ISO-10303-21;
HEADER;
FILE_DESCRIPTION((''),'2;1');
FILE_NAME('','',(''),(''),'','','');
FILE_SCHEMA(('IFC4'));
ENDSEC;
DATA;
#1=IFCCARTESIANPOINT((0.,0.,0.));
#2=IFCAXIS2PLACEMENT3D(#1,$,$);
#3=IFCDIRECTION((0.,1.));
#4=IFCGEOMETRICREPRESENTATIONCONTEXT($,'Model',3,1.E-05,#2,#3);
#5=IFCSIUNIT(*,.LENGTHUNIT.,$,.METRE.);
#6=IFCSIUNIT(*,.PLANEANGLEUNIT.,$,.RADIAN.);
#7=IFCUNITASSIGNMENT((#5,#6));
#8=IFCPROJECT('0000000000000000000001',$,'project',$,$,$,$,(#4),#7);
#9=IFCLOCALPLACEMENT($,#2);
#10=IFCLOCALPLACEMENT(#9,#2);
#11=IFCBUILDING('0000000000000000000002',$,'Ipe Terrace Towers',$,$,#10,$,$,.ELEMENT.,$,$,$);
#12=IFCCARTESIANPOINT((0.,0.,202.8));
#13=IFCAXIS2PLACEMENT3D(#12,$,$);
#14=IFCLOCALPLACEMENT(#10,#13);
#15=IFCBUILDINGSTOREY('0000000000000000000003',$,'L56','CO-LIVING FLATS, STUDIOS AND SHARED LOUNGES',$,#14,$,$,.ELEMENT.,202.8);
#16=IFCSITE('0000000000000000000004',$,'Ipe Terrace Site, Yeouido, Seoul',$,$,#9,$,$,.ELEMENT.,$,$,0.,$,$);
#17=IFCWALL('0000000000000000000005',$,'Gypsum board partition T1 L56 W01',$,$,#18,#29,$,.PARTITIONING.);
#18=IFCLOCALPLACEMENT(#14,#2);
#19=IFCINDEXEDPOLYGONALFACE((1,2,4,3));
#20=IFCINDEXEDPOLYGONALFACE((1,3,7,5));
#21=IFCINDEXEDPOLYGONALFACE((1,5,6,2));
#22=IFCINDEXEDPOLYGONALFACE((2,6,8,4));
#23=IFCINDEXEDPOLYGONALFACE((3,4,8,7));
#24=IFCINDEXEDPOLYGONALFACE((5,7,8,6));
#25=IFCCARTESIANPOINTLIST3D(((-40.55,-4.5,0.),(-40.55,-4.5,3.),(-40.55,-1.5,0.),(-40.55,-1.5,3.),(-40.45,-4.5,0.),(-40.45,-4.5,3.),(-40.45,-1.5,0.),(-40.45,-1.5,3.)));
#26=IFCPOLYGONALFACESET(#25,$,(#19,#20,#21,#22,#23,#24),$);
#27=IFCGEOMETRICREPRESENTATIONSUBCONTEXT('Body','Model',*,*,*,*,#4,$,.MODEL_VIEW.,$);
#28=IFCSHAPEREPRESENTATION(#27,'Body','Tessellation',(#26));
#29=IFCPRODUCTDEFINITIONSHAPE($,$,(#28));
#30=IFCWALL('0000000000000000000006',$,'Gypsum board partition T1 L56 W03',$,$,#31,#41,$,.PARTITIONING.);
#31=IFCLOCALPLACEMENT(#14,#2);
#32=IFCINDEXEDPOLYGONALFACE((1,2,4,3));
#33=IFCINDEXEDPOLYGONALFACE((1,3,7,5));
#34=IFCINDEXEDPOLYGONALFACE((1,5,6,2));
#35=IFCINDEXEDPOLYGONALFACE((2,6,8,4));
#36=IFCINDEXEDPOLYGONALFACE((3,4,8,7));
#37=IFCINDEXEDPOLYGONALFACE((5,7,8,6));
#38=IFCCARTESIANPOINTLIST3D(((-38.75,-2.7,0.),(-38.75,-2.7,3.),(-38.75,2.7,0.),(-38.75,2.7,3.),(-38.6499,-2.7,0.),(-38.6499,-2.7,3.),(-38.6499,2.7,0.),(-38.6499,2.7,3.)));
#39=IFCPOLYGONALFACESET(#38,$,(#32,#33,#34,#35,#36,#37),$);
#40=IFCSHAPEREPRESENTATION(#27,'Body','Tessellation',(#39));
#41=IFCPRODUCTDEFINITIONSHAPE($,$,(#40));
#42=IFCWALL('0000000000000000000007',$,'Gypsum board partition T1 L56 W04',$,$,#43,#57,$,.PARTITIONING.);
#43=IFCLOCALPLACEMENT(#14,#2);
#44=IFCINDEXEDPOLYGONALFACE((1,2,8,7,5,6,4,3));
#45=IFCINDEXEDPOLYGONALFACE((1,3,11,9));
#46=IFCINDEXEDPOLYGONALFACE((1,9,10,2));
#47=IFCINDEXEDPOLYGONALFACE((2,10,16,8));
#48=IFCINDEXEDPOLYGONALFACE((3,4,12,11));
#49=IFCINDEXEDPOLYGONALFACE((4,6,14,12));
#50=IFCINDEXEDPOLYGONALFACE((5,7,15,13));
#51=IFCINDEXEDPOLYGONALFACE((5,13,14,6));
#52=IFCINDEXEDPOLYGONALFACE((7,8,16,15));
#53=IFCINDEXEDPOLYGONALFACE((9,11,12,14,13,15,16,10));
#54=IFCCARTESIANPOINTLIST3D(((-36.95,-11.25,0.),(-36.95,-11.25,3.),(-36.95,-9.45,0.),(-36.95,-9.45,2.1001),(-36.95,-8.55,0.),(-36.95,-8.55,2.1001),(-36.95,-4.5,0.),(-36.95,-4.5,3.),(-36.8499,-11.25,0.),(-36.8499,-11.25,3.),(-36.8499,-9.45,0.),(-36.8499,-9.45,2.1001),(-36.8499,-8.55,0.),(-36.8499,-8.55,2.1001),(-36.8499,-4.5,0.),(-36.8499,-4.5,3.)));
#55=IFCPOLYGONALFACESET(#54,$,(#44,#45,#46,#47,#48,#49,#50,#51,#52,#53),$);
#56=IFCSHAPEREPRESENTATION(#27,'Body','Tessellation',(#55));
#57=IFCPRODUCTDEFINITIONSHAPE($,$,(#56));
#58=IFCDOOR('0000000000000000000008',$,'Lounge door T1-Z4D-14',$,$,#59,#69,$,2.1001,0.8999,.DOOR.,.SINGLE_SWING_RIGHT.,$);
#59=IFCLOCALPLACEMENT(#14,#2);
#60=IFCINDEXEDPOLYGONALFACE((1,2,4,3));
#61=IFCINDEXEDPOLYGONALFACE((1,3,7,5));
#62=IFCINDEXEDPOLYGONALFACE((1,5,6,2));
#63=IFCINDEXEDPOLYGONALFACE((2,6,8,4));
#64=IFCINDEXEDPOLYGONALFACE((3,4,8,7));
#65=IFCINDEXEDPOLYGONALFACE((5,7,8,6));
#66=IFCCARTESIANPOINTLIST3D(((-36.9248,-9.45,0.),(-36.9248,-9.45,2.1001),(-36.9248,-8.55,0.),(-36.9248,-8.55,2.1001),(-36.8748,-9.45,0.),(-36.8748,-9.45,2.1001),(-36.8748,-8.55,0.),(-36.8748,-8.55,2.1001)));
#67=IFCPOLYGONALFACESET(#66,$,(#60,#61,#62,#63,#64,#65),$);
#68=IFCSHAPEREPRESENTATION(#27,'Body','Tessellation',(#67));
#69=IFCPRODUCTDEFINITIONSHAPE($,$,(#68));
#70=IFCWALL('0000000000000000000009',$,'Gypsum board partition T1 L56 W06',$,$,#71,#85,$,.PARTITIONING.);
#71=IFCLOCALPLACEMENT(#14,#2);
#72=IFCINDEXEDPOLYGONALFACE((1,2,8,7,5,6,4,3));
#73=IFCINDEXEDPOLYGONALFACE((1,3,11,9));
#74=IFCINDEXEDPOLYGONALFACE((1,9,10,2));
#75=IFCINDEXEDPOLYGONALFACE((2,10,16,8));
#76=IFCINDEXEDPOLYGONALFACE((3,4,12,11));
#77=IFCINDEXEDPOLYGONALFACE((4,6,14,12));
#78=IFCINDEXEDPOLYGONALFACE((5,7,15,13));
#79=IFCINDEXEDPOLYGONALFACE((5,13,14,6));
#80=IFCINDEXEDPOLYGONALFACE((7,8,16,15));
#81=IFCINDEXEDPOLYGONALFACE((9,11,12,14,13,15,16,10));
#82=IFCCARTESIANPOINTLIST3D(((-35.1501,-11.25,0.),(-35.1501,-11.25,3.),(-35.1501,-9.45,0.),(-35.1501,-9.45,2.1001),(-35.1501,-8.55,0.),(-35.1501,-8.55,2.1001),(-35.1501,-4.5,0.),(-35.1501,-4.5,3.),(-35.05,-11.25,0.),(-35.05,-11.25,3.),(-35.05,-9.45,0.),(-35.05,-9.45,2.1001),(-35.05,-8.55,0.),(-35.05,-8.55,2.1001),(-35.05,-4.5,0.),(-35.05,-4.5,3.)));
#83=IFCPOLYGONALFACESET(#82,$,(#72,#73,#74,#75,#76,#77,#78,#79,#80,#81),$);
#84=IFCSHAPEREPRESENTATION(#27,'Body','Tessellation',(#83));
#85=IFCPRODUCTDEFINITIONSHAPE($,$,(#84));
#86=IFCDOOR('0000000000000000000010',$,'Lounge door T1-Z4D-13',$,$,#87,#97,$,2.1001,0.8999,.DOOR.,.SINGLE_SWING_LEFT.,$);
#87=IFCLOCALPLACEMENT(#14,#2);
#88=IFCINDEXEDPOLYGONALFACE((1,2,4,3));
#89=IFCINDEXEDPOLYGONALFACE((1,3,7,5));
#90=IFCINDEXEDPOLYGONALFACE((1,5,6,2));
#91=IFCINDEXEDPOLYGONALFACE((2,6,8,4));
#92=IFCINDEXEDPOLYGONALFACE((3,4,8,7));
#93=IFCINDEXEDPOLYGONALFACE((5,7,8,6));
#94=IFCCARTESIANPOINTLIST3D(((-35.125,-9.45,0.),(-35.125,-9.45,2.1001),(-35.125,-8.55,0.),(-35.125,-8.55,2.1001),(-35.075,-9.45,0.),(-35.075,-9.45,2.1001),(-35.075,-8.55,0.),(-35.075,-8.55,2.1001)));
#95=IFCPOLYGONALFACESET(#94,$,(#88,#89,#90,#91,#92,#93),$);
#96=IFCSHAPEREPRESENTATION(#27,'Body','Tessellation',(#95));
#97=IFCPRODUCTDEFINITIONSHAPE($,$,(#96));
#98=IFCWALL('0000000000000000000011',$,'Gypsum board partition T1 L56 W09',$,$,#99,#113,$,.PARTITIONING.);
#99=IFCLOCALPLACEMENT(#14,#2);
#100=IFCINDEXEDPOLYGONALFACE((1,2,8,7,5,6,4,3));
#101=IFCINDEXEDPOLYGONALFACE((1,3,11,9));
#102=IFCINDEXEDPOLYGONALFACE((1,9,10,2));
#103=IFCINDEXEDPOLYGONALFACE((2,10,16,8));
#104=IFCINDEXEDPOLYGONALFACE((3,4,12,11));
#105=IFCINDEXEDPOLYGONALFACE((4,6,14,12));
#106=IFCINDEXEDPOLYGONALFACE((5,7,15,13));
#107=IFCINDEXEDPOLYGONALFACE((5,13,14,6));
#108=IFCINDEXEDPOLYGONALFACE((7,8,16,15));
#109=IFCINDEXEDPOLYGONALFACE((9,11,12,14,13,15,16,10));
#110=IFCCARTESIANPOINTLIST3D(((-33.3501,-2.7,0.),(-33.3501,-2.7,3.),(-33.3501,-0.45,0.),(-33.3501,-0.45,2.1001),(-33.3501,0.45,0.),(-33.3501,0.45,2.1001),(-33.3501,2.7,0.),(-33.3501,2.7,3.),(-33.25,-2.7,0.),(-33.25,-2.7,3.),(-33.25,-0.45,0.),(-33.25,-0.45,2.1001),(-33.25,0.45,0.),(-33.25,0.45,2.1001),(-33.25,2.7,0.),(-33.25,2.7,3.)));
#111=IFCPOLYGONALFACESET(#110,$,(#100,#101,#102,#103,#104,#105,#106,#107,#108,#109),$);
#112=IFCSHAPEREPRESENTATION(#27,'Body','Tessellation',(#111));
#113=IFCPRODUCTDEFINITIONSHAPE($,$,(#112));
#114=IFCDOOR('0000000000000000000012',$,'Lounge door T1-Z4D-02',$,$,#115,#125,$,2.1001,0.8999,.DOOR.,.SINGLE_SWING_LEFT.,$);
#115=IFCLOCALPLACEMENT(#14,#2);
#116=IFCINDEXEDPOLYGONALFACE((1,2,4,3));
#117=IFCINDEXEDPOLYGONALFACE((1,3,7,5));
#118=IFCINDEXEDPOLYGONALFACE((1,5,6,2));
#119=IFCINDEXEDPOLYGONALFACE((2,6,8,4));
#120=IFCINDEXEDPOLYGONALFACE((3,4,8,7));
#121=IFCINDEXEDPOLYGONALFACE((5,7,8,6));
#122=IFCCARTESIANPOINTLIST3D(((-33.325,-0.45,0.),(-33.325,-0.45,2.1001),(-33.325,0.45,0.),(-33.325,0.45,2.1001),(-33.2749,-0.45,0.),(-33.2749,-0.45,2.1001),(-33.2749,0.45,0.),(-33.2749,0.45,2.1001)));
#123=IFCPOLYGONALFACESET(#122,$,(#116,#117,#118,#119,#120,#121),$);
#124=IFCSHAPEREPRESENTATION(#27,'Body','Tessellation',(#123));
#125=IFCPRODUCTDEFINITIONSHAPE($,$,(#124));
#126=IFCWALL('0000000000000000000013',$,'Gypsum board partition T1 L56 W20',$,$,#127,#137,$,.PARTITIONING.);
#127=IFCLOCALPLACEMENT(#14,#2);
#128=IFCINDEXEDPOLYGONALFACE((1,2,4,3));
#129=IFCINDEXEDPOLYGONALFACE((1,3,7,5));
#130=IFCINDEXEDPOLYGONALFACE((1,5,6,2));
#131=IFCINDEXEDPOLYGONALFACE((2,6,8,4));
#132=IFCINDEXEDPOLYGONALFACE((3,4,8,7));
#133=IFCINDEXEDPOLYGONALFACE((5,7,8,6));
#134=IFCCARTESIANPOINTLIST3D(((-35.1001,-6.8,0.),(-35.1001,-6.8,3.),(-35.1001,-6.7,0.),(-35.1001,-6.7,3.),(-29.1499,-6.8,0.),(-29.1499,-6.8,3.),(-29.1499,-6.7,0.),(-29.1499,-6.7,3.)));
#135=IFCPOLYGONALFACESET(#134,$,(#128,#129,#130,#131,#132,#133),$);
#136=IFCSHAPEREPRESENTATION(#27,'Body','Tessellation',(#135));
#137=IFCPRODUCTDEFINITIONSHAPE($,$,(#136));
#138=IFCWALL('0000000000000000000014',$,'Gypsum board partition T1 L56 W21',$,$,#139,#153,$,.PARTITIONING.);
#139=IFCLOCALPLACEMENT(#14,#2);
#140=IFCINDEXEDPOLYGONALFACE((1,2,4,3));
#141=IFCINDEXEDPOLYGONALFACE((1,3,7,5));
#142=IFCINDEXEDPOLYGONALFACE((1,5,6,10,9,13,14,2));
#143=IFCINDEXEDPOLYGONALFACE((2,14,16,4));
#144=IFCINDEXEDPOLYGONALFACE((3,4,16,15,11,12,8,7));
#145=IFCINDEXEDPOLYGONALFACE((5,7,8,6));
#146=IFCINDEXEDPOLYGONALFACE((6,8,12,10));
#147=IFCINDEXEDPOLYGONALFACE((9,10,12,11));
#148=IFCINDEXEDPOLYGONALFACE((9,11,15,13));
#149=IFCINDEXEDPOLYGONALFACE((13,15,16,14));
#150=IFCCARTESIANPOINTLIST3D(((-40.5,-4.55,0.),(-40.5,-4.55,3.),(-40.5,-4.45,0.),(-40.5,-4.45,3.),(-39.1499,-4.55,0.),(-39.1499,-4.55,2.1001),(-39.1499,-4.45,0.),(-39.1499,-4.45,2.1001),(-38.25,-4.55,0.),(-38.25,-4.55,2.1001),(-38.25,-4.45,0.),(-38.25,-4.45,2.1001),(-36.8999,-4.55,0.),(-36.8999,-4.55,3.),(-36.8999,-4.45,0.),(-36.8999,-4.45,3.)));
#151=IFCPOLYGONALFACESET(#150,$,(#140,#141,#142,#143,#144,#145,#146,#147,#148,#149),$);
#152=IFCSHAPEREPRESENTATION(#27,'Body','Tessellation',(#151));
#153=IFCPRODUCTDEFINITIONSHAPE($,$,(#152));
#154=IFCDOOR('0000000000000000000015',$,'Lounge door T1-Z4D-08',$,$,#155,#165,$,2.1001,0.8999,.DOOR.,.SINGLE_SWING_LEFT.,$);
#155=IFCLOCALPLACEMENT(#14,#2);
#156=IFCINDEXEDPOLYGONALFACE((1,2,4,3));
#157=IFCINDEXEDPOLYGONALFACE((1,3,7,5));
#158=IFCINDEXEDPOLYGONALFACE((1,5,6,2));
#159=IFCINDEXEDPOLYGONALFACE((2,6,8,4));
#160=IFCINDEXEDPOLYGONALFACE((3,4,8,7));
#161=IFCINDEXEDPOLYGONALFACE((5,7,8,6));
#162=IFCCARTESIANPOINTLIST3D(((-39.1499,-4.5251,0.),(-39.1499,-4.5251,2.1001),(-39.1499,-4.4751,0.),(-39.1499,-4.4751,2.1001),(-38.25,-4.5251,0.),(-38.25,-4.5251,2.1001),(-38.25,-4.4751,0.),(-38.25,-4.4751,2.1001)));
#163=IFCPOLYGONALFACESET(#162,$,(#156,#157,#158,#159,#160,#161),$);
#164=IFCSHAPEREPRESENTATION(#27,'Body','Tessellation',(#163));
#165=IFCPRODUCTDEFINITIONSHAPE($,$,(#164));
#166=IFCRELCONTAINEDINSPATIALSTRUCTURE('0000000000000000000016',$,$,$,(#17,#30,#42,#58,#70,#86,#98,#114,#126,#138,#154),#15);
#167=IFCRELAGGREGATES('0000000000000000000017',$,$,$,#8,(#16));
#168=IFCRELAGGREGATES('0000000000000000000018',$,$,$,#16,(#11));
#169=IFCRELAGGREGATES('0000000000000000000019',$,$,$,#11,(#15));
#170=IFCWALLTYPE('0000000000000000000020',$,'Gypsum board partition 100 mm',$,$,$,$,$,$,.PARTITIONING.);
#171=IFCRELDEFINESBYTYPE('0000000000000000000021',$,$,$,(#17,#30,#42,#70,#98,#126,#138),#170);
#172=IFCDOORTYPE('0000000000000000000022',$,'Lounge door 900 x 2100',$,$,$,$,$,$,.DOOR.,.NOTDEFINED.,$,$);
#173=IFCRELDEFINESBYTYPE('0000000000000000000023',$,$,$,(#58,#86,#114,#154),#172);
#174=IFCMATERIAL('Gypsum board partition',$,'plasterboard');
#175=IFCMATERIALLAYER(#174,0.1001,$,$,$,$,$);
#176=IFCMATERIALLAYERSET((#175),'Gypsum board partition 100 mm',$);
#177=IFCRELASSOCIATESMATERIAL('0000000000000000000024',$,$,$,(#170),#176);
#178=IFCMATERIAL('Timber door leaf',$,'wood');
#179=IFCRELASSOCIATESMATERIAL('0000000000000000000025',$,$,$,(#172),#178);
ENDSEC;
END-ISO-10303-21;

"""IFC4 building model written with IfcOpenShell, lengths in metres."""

from ifc_helpers import new_model, si_unit, direction, frame, frame_2d, origin, place, context, subcontext, project, spatial, rectangle, extrude, material, layer, layer_set, type_object, element, fill, save


model = new_model("IFC4")

# Units and contexts
model_context = context("Model", 3, precision=1e-05, world=origin(), true_north=direction((0.0, 1.0)))
body_context = subcontext(model_context, "Body", "Model", "MODEL_VIEW")
ifc_project = project(units=[si_unit("LENGTHUNIT", "METRE"), si_unit("PLANEANGLEUNIT", "RADIAN")], contexts=[model_context])

# Site, building, storey
site_placement = place(None, origin())
site = spatial("IfcSite", under=ifc_project, at=site_placement, Name="Ipe Terrace Site, Yeouido, Seoul", CompositionType="ELEMENT", RefElevation=0.0)
building_placement = place(site_placement, origin())
building = spatial("IfcBuilding", under=site, at=building_placement, Name="Ipe Terrace Towers", CompositionType="ELEMENT")
storey_placement = place(building_placement, frame((0.0, 0.0, 202.8)))
storey = spatial("IfcBuildingStorey", under=building, at=storey_placement, Name="L56", Description="CO-LIVING FLATS, STUDIOS AND SHARED LOUNGES", CompositionType="ELEMENT", Elevation=202.8)

# Walls
ifc_material_1 = material(Name="Gypsum board partition", Category="plasterboard")
ifc_layer_1 = layer(ifc_material_1, 0.1001)
ifc_layer_set_1 = layer_set([ifc_layer_1], Name="Gypsum board partition 100 mm")
wall_type_1 = type_object("IfcWallType", Name="Gypsum board partition 100 mm", PredefinedType="PARTITIONING", material=ifc_layer_set_1)
wall_1_placement = place(storey_placement, frame((-40.5, -4.5, 0.0), z_axis=(0.0, 0.0, 1.0), x_axis=(0.0, 1.0, 0.0)))
element("IfcWall", 1, at=wall_1_placement, inside=storey, type_object=wall_type_1, Name="Gypsum board partition T1 L56 W01", PredefinedType="PARTITIONING", context=body_context, shape_type="SweptSolid", body=[
    extrude(rectangle(XDim=3.0, YDim=0.1001, at=frame_2d((1.5, 0.0))), origin(), (0.0, 0.0, 1.0), 3.0),
])
wall_2_placement = place(storey_placement, frame((-38.7, -2.7, 0.0), z_axis=(0.0, 0.0, 1.0), x_axis=(0.0, 1.0, 0.0)))
element("IfcWall", 2, at=wall_2_placement, inside=storey, type_object=wall_type_1, Name="Gypsum board partition T1 L56 W03", PredefinedType="PARTITIONING", context=body_context, shape_type="SweptSolid", body=[
    extrude(rectangle(XDim=5.3999, YDim=0.1001, at=frame_2d((2.7, 0.0))), origin(), (0.0, 0.0, 1.0), 3.0),
])

# Walls, openings, doors
wall_3_placement = place(storey_placement, frame((-36.8999, -11.25, 0.0), z_axis=(0.0, 0.0, 1.0), x_axis=(0.0, 1.0, 0.0)))
wall_3 = element("IfcWall", 3, at=wall_3_placement, inside=storey, type_object=wall_type_1, Name="Gypsum board partition T1 L56 W04", PredefinedType="PARTITIONING", context=body_context, shape_type="SweptSolid", body=[
    extrude(rectangle(XDim=6.75, YDim=0.1001, at=frame_2d((3.375, 0.0))), origin(), (0.0, 0.0, 1.0), 3.0),
])
opening_1_placement = place(wall_3_placement, frame((1.8, 0.0, 0.0)))
opening_1 = element("IfcOpeningElement", 4, at=opening_1_placement, cuts=wall_3, PredefinedType="OPENING", context=body_context, shape_type="SweptSolid", body=[
    extrude(rectangle(XDim=0.8999, YDim=2.1001, at=frame_2d((0.45, 1.05))), frame((0.0, 0.0601, 0.0), z_axis=(0.0, -1.0, 0.0), x_axis=(1.0, 0.0, 0.0)), (0.0, 0.0, 1.0), 0.1201),
])
ifc_material_2 = material(Name="Timber door leaf", Category="wood")
door_type = type_object("IfcDoorType", Name="Lounge door 900 x 2100", OperationType="NOTDEFINED", PredefinedType="DOOR", material=ifc_material_2)
door_1_placement = place(opening_1_placement, origin())
door_1 = element("IfcDoor", 5, at=door_1_placement, inside=storey, type_object=door_type, Name="Lounge door T1-Z4D-14", OperationType="SINGLE_SWING_RIGHT", OverallHeight=2.1001, OverallWidth=0.8999, PredefinedType="DOOR", context=body_context, shape_type="SweptSolid", body=[
    extrude(rectangle(XDim=0.8999, YDim=2.1001, at=frame_2d((0.45, 1.05))), frame((0.0, 0.0249, 0.0), z_axis=(0.0, -1.0, 0.0), x_axis=(1.0, 0.0, 0.0)), (0.0, 0.0, 1.0), 0.05),
])
fill(opening_1, door_1)
wall_4_placement = place(storey_placement, frame((-35.1001, -11.25, 0.0), z_axis=(0.0, 0.0, 1.0), x_axis=(0.0, 1.0, 0.0)))
wall_4 = element("IfcWall", 6, at=wall_4_placement, inside=storey, type_object=wall_type_1, Name="Gypsum board partition T1 L56 W06", PredefinedType="PARTITIONING", context=body_context, shape_type="SweptSolid", body=[
    extrude(rectangle(XDim=6.75, YDim=0.1001, at=frame_2d((3.375, 0.0))), origin(), (0.0, 0.0, 1.0), 3.0),
])
opening_2_placement = place(wall_4_placement, frame((1.8, 0.0, 0.0)))
opening_2 = element("IfcOpeningElement", 7, at=opening_2_placement, cuts=wall_4, PredefinedType="OPENING", context=body_context, shape_type="SweptSolid", body=[
    extrude(rectangle(XDim=0.8999, YDim=2.1001, at=frame_2d((0.45, 1.05))), frame((0.0, 0.0601, 0.0), z_axis=(0.0, -1.0, 0.0), x_axis=(1.0, 0.0, 0.0)), (0.0, 0.0, 1.0), 0.1201),
])
door_2_placement = place(opening_2_placement, origin())
door_2 = element("IfcDoor", 8, at=door_2_placement, inside=storey, type_object=door_type, Name="Lounge door T1-Z4D-13", OperationType="SINGLE_SWING_LEFT", OverallHeight=2.1001, OverallWidth=0.8999, PredefinedType="DOOR", context=body_context, shape_type="SweptSolid", body=[
    extrude(rectangle(XDim=0.8999, YDim=2.1001, at=frame_2d((0.45, 1.05))), frame((0.0, 0.0249, 0.0), z_axis=(0.0, -1.0, 0.0), x_axis=(1.0, 0.0, 0.0)), (0.0, 0.0, 1.0), 0.05),
])
fill(opening_2, door_2)
wall_5_placement = place(storey_placement, frame((-33.3, -2.7, 0.0), z_axis=(0.0, 0.0, 1.0), x_axis=(0.0, 1.0, 0.0)))
wall_5 = element("IfcWall", 9, at=wall_5_placement, inside=storey, type_object=wall_type_1, Name="Gypsum board partition T1 L56 W09", PredefinedType="PARTITIONING", context=body_context, shape_type="SweptSolid", body=[
    extrude(rectangle(XDim=5.3999, YDim=0.1001, at=frame_2d((2.7, 0.0))), origin(), (0.0, 0.0, 1.0), 3.0),
])
opening_3_placement = place(wall_5_placement, frame((2.25, 0.0, 0.0)))
opening_3 = element("IfcOpeningElement", 10, at=opening_3_placement, cuts=wall_5, PredefinedType="OPENING", context=body_context, shape_type="SweptSolid", body=[
    extrude(rectangle(XDim=0.8999, YDim=2.1001, at=frame_2d((0.45, 1.05))), frame((0.0, 0.0601, 0.0), z_axis=(0.0, -1.0, 0.0), x_axis=(1.0, 0.0, 0.0)), (0.0, 0.0, 1.0), 0.1201),
])
door_3_placement = place(opening_3_placement, origin())
door_3 = element("IfcDoor", 11, at=door_3_placement, inside=storey, type_object=door_type, Name="Lounge door T1-Z4D-02", OperationType="SINGLE_SWING_LEFT", OverallHeight=2.1001, OverallWidth=0.8999, PredefinedType="DOOR", context=body_context, shape_type="SweptSolid", body=[
    extrude(rectangle(XDim=0.8999, YDim=2.1001, at=frame_2d((0.45, 1.05))), frame((0.0, 0.0249, 0.0), z_axis=(0.0, -1.0, 0.0), x_axis=(1.0, 0.0, 0.0)), (0.0, 0.0, 1.0), 0.05),
])
fill(opening_3, door_3)

# Wall
wall_6_placement = place(storey_placement, frame((-35.1001, -6.75, 0.0), z_axis=(0.0, 0.0, 1.0), x_axis=(1.0, 0.0, 0.0)))
element("IfcWall", 12, at=wall_6_placement, inside=storey, type_object=wall_type_1, Name="Gypsum board partition T1 L56 W20", PredefinedType="PARTITIONING", context=body_context, shape_type="SweptSolid", body=[
    extrude(rectangle(XDim=5.9502, YDim=0.1001, at=frame_2d((2.9751, 0.0))), origin(), (0.0, 0.0, 1.0), 3.0),
])

# Wall, opening, door
wall_7_placement = place(storey_placement, frame((-40.5, -4.5, 0.0), z_axis=(0.0, 0.0, 1.0), x_axis=(1.0, 0.0, 0.0)))
wall_7 = element("IfcWall", 13, at=wall_7_placement, inside=storey, type_object=wall_type_1, Name="Gypsum board partition T1 L56 W21", PredefinedType="PARTITIONING", context=body_context, shape_type="SweptSolid", body=[
    extrude(rectangle(XDim=3.6001, YDim=0.1001, at=frame_2d((1.8, 0.0))), origin(), (0.0, 0.0, 1.0), 3.0),
])
opening_4_placement = place(wall_7_placement, frame((1.3501, 0.0, 0.0)))
opening_4 = element("IfcOpeningElement", 14, at=opening_4_placement, cuts=wall_7, PredefinedType="OPENING", context=body_context, shape_type="SweptSolid", body=[
    extrude(rectangle(XDim=0.8999, YDim=2.1001, at=frame_2d((0.45, 1.05))), frame((0.0, 0.0601, 0.0), z_axis=(0.0, -1.0, 0.0), x_axis=(1.0, 0.0, 0.0)), (0.0, 0.0, 1.0), 0.1201),
])
door_4_placement = place(opening_4_placement, origin())
door_4 = element("IfcDoor", 15, at=door_4_placement, inside=storey, type_object=door_type, Name="Lounge door T1-Z4D-08", OperationType="SINGLE_SWING_LEFT", OverallHeight=2.1001, OverallWidth=0.8999, PredefinedType="DOOR", context=body_context, shape_type="SweptSolid", body=[
    extrude(rectangle(XDim=0.8999, YDim=2.1001, at=frame_2d((0.45, 1.05))), frame((0.0, 0.0249, 0.0), z_axis=(0.0, -1.0, 0.0), x_axis=(1.0, 0.0, 0.0)), (0.0, 0.0, 1.0), 0.05),
])
fill(opening_4, door_4)

save(model, "model.ifc")
